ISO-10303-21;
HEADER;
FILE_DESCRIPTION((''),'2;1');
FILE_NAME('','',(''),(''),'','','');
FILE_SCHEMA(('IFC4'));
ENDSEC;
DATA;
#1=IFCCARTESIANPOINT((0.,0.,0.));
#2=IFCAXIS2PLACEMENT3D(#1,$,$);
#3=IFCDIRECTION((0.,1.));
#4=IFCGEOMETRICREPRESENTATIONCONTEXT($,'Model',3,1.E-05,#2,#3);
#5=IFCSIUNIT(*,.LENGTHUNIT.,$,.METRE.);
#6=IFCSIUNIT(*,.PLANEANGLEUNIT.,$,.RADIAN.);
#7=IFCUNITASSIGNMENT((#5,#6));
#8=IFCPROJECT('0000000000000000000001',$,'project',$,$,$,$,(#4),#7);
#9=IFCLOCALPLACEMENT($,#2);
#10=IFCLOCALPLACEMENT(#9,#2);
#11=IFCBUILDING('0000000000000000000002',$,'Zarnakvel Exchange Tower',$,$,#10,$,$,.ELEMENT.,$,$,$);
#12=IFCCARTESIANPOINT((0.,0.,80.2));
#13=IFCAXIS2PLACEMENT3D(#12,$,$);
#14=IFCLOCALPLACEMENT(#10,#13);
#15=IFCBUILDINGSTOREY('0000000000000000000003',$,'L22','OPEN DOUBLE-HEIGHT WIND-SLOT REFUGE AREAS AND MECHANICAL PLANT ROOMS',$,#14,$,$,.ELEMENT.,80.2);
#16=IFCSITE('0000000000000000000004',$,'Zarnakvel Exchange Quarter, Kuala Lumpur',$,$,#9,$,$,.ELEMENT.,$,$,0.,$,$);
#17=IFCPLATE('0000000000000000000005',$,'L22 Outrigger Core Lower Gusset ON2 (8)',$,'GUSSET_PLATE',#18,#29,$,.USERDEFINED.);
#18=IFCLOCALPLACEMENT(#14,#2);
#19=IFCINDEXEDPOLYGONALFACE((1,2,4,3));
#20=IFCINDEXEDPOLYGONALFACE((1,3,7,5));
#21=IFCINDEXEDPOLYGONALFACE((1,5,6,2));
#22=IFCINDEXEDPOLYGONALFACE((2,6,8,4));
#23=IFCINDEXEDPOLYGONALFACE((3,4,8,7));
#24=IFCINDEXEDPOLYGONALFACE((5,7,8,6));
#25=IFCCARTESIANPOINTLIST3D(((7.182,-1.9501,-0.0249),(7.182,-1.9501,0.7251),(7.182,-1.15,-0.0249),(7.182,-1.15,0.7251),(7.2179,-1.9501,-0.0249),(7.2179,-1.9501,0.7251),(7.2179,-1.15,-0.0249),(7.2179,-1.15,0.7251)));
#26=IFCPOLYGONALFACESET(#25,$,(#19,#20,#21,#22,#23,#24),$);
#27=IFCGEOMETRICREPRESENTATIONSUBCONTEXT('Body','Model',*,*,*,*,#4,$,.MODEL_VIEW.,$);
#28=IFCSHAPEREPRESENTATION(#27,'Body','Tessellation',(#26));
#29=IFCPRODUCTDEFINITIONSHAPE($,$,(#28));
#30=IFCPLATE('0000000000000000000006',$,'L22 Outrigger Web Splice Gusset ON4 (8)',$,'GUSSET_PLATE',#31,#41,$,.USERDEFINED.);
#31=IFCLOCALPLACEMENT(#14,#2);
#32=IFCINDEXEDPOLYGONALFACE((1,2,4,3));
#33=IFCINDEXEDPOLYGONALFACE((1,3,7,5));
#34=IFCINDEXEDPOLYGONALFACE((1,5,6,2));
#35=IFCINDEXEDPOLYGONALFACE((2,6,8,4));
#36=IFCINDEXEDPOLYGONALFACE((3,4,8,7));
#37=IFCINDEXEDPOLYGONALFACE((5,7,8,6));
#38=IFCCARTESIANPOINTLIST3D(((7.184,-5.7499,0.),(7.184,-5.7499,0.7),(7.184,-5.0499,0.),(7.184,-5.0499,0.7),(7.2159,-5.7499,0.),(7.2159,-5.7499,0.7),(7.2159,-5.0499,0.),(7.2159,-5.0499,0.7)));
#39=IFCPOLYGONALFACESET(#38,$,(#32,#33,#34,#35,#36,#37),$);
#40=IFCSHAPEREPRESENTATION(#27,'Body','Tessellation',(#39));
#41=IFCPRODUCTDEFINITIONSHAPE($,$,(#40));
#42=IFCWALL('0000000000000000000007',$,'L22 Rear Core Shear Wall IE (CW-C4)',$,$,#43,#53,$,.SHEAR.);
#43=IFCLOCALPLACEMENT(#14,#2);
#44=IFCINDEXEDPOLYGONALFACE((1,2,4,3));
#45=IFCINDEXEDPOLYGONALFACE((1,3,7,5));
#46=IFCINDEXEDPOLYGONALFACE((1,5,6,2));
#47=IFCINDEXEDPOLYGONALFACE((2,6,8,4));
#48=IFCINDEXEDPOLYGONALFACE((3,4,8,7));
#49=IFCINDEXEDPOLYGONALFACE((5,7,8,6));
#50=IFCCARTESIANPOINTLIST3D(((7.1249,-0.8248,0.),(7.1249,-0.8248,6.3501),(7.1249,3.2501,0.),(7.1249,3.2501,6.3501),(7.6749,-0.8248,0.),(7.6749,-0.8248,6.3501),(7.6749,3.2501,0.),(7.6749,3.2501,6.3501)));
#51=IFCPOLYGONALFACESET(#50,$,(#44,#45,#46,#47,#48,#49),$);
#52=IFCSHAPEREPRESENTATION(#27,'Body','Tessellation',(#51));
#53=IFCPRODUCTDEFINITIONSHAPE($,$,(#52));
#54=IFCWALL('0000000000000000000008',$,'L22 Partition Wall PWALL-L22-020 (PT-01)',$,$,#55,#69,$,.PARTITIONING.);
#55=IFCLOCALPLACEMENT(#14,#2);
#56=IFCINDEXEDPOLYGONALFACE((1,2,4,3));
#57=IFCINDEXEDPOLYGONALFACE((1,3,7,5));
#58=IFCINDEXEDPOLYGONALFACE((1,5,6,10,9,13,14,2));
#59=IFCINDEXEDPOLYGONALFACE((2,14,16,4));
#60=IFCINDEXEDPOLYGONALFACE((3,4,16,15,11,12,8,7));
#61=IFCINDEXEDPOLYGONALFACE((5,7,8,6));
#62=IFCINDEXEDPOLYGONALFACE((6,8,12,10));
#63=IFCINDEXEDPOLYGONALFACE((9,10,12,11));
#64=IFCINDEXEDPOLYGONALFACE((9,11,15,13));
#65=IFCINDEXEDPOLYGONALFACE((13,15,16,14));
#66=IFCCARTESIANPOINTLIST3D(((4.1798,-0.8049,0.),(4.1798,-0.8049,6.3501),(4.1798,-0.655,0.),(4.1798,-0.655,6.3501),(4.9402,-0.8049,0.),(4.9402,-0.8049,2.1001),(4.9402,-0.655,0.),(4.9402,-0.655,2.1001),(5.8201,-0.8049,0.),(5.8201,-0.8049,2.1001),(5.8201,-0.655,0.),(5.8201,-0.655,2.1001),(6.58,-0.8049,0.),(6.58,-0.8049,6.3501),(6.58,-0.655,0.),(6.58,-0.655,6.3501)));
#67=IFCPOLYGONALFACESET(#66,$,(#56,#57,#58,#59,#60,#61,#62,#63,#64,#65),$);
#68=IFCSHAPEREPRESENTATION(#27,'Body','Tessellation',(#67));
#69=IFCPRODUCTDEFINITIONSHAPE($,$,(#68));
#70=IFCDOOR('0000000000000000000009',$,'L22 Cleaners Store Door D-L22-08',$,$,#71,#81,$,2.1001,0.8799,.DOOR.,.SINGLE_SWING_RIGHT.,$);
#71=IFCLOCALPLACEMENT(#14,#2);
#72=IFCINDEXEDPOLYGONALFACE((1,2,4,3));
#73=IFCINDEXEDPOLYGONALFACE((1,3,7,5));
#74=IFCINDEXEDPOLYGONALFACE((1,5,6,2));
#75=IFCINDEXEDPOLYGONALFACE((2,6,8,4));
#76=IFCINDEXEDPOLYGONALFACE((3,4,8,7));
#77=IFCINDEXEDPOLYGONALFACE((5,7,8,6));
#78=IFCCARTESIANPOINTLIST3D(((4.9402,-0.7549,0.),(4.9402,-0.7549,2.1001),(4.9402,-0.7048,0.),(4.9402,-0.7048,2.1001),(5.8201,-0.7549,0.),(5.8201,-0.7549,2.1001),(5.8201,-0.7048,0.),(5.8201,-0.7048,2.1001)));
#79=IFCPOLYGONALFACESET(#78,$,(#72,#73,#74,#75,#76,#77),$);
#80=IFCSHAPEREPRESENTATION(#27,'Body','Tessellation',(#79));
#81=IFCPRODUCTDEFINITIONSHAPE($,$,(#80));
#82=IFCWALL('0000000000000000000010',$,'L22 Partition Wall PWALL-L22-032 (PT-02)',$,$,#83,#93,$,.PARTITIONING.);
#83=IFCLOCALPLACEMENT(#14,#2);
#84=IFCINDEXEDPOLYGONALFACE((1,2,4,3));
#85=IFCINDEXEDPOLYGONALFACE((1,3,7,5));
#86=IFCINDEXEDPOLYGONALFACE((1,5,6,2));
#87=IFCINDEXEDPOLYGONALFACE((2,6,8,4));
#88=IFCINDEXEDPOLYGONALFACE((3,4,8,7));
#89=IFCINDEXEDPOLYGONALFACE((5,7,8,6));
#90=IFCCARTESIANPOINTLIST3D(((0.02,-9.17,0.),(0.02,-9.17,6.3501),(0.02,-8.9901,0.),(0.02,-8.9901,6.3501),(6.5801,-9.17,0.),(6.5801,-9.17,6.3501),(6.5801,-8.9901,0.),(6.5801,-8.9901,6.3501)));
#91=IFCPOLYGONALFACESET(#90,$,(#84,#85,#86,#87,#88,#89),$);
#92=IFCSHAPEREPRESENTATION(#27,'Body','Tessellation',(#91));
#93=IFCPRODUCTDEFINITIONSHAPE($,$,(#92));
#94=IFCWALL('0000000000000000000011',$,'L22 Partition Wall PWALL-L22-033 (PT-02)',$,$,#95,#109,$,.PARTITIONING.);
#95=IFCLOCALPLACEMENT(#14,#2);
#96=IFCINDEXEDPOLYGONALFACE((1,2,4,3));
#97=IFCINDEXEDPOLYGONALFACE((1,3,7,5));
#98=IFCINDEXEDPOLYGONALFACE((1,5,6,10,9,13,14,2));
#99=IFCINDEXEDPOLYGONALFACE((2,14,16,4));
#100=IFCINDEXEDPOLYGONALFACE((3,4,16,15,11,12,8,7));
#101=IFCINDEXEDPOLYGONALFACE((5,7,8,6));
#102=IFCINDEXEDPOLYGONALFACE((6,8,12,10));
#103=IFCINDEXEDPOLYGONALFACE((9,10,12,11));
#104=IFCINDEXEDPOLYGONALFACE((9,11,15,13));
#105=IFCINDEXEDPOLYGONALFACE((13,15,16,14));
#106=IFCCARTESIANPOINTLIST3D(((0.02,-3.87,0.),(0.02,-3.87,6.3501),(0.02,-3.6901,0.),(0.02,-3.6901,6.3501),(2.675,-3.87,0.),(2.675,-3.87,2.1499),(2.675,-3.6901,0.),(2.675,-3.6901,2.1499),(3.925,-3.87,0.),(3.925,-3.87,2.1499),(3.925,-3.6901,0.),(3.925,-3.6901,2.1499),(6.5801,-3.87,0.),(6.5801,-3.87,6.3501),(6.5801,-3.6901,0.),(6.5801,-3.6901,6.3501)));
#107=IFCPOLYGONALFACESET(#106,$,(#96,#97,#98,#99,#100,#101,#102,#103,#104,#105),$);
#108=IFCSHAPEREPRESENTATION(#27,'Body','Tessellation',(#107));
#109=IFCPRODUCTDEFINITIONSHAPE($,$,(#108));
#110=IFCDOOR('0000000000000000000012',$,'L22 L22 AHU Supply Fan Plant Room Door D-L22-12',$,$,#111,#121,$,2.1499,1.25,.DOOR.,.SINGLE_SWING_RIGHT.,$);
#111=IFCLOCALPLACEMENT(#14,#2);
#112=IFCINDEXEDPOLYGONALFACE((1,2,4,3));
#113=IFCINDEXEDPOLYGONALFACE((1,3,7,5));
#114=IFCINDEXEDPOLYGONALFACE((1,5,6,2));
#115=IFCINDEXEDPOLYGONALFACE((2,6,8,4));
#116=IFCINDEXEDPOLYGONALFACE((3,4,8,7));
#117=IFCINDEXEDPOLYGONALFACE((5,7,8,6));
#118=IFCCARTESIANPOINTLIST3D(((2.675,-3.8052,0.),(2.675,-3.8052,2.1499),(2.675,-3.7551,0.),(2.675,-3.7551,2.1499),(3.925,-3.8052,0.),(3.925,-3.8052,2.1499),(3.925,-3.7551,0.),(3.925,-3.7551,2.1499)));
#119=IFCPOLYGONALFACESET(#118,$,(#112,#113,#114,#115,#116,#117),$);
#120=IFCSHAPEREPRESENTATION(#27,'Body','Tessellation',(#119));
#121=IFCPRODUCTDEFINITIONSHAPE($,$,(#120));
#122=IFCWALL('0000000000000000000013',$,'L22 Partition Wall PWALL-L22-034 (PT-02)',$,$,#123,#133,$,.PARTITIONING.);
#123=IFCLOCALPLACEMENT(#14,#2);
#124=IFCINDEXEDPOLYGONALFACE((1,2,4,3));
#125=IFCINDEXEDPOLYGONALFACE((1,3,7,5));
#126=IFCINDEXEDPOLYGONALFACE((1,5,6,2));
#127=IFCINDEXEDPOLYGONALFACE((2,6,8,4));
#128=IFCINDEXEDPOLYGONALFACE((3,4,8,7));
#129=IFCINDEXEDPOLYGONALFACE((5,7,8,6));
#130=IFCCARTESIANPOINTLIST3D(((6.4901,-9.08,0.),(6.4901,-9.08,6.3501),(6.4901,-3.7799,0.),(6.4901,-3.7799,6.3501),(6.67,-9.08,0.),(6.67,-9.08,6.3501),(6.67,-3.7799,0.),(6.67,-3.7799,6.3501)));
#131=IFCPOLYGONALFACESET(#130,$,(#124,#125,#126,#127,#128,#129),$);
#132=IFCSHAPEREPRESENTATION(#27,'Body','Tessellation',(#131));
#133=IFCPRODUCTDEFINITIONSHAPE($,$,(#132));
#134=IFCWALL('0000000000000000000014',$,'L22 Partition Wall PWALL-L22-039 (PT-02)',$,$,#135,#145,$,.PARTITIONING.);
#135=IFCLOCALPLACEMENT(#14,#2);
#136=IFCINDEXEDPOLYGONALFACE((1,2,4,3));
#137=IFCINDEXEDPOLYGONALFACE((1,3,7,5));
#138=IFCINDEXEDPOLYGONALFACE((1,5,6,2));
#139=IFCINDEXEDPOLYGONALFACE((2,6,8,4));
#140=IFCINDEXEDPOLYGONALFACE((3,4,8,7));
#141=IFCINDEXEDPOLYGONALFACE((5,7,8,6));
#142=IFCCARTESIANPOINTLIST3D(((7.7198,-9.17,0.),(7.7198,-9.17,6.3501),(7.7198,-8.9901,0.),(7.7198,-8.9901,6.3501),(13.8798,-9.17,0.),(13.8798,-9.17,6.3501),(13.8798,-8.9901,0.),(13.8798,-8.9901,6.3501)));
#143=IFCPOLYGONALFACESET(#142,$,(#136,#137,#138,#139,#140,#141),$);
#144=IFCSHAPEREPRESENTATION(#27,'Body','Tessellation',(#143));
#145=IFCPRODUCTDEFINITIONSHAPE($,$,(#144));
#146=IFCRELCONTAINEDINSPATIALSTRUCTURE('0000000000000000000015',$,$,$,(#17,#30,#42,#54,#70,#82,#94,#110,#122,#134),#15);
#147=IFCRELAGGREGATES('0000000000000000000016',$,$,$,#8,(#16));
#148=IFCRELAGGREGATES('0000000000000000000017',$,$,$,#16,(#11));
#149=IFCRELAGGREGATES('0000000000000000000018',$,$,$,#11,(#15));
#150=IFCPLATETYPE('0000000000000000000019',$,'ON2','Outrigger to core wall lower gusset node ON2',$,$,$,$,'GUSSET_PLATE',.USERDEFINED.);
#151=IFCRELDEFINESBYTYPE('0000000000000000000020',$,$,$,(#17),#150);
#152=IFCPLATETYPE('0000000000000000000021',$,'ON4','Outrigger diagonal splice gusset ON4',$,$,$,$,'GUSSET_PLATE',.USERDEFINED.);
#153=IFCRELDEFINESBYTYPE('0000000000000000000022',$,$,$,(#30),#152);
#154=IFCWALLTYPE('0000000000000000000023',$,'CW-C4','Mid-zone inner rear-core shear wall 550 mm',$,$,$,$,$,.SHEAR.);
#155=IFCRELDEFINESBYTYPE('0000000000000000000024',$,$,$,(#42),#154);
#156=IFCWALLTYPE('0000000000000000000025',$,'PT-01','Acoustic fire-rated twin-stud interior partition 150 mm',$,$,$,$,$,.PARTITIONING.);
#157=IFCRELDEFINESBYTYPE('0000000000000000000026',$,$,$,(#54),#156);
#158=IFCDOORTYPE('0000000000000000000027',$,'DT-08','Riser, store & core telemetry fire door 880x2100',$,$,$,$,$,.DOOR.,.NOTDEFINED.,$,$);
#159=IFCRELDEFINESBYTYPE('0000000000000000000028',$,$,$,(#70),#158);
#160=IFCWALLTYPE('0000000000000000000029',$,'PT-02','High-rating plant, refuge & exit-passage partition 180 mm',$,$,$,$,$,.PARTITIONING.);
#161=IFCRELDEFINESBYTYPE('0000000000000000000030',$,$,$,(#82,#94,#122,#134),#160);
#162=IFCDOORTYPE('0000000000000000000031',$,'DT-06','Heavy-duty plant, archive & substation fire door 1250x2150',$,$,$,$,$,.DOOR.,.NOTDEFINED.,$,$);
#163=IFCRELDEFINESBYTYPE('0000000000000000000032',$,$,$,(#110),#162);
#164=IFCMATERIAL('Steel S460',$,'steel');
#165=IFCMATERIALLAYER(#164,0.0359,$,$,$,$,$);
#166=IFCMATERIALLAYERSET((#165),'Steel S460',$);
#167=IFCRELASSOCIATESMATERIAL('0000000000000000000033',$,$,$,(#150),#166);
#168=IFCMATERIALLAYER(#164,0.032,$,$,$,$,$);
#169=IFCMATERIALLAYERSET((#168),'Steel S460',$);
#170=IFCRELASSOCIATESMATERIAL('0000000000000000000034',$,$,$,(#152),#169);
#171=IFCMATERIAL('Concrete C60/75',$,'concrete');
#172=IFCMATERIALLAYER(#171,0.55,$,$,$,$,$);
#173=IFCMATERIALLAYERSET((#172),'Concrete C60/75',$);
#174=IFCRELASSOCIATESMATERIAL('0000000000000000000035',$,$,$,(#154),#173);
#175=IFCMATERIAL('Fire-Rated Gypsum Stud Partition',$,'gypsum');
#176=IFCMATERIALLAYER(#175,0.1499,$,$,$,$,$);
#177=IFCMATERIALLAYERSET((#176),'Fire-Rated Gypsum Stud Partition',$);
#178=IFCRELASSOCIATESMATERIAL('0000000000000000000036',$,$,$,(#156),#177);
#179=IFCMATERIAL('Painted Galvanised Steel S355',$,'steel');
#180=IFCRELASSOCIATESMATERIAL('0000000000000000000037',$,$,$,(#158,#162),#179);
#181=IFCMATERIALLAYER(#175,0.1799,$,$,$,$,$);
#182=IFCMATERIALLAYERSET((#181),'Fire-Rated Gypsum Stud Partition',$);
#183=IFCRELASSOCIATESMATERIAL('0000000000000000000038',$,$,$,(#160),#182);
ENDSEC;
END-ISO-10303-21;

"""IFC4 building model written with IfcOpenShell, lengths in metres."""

from ifc_helpers import new_model, si_unit, direction, frame, frame_2d, origin, origin_2d, place, context, subcontext, project, spatial, rectangle, extrude, source, transform, mapped, material, layer, layer_set, type_object, element, fill, save


model = new_model("IFC4")

# Units and contexts
model_context = context("Model", 3, precision=1e-05, world=origin(), true_north=direction((0.0, 1.0)))
body_context = subcontext(model_context, "Body", "Model", "MODEL_VIEW")
ifc_project = project(units=[si_unit("LENGTHUNIT", "METRE"), si_unit("PLANEANGLEUNIT", "RADIAN")], contexts=[model_context])

# Site, building, storey
site_placement = place(None, origin())
site = spatial("IfcSite", under=ifc_project, at=site_placement, Name="Zarnakvel Exchange Quarter, Kuala Lumpur", CompositionType="ELEMENT", RefElevation=0.0)
building_placement = place(site_placement, origin())
building = spatial("IfcBuilding", under=site, at=building_placement, Name="Zarnakvel Exchange Tower", CompositionType="ELEMENT")
storey_placement = place(building_placement, frame((0.0, 0.0, 80.2)))
storey = spatial("IfcBuildingStorey", under=building, at=storey_placement, Name="L22", Description="OPEN DOUBLE-HEIGHT WIND-SLOT REFUGE AREAS AND MECHANICAL PLANT ROOMS", CompositionType="ELEMENT", Elevation=80.2)

# Shared definitions
ifc_material_1 = material(Name="Concrete C60/75", Category="concrete")

# Shared definitions
ifc_material_2 = material(Name="Steel S460", Category="steel")

# Plates
ifc_layer_1 = layer(ifc_material_2, 0.0359)
ifc_layer_set_1 = layer_set([ifc_layer_1], Name="Steel S460")
plate_type_1 = type_object("IfcPlateType", Name="ON2", Description="Outrigger to core wall lower gusset node ON2", ElementType="GUSSET_PLATE", PredefinedType="USERDEFINED", material=ifc_layer_set_1)
shared_shape_1 = source(origin(), body_context, "Body", "SweptSolid", [
    extrude(rectangle(XDim=0.0359, YDim=0.8, at=origin_2d()), origin(), (0.0, 0.0, 1.0), 0.75),
])
plate_1_placement = place(storey_placement, frame((7.2, -1.55, -0.0249), z_axis=(0.0, 0.0, 1.0), x_axis=(1.0, 0.0, 0.0)))
element("IfcPlate", 1, at=plate_1_placement, inside=storey, type_object=plate_type_1, Name="L22 Outrigger Core Lower Gusset ON2 (8)", ObjectType="GUSSET_PLATE", PredefinedType="USERDEFINED", context=body_context, shape_type="MappedRepresentation", body=[
    mapped(shared_shape_1, transform((0.0, 0.0, 0.0), x_axis=(1.0, 0.0, 0.0), y_axis=(0.0, 1.0, 0.0), z_axis=(0.0, 0.0, 1.0), scale=1.0)),
])
ifc_layer_2 = layer(ifc_material_2, 0.032)
ifc_layer_set_2 = layer_set([ifc_layer_2], Name="Steel S460")
plate_type_2 = type_object("IfcPlateType", Name="ON4", Description="Outrigger diagonal splice gusset ON4", ElementType="GUSSET_PLATE", PredefinedType="USERDEFINED", material=ifc_layer_set_2)
shared_shape_2 = source(origin(), body_context, "Body", "SweptSolid", [
    extrude(rectangle(XDim=0.032, YDim=0.7, at=origin_2d()), origin(), (0.0, 0.0, 1.0), 0.7),
])
plate_2_placement = place(storey_placement, frame((7.2, -5.3999, 0.0), z_axis=(0.0, 0.0, 1.0), x_axis=(1.0, 0.0, 0.0)))
element("IfcPlate", 2, at=plate_2_placement, inside=storey, type_object=plate_type_2, Name="L22 Outrigger Web Splice Gusset ON4 (8)", ObjectType="GUSSET_PLATE", PredefinedType="USERDEFINED", context=body_context, shape_type="MappedRepresentation", body=[
    mapped(shared_shape_2, transform((0.0, 0.0, 0.0), x_axis=(1.0, 0.0, 0.0), y_axis=(0.0, 1.0, 0.0), z_axis=(0.0, 0.0, 1.0), scale=1.0)),
])

# Shared definitions
ifc_material_3 = material(Name="Painted Galvanised Steel S355", Category="steel")

# Wall
ifc_layer_3 = layer(ifc_material_1, 0.55)
ifc_layer_set_3 = layer_set([ifc_layer_3], Name="Concrete C60/75")
wall_type_1 = type_object("IfcWallType", Name="CW-C4", Description="Mid-zone inner rear-core shear wall 550 mm", PredefinedType="SHEAR", material=ifc_layer_set_3)
wall_1_placement = place(storey_placement, frame((7.3999, -0.825, 0.0), z_axis=(0.0, 0.0, 1.0), x_axis=(0.0, 1.0, 0.0)))
element("IfcWall", 3, at=wall_1_placement, inside=storey, type_object=wall_type_1, Name="L22 Rear Core Shear Wall IE (CW-C4)", PredefinedType="SHEAR", context=body_context, shape_type="SweptSolid", body=[
    extrude(rectangle(XDim=4.075, YDim=0.55, at=frame_2d((2.0376, 0.0))), origin(), (0.0, 0.0, 1.0), 6.3501),
])

# Wall, opening, door
ifc_material_4 = material(Name="Fire-Rated Gypsum Stud Partition", Category="gypsum")
ifc_layer_4 = layer(ifc_material_4, 0.1499)
ifc_layer_set_4 = layer_set([ifc_layer_4], Name="Fire-Rated Gypsum Stud Partition")
wall_type_2 = type_object("IfcWallType", Name="PT-01", Description="Acoustic fire-rated twin-stud interior partition 150 mm", PredefinedType="PARTITIONING", material=ifc_layer_set_4)
wall_2_placement = place(storey_placement, frame((6.5801, -0.73, 0.0), z_axis=(0.0, 0.0, 1.0), x_axis=(-1.0, 0.0, 0.0)))
wall_2 = element("IfcWall", 4, at=wall_2_placement, inside=storey, type_object=wall_type_2, Name="L22 Partition Wall PWALL-L22-020 (PT-01)", PredefinedType="PARTITIONING", context=body_context, shape_type="SweptSolid", body=[
    extrude(rectangle(XDim=2.4001, YDim=0.1499, at=frame_2d((1.2002, 0.0))), origin(), (0.0, 0.0, 1.0), 6.3501),
])
opening_1_placement = place(wall_2_placement, frame((0.76, 0.0, 0.0)))
opening_1 = element("IfcOpeningElement", 5, at=opening_1_placement, cuts=wall_2, PredefinedType="OPENING", context=body_context, shape_type="SweptSolid", body=[
    extrude(rectangle(XDim=0.8799, YDim=2.1001, at=frame_2d((0.4399, 1.05))), frame((0.0, 0.085, 0.0), z_axis=(0.0, -1.0, 0.0), x_axis=(1.0, 0.0, 0.0)), (0.0, 0.0, 1.0), 0.1699),
])
door_type_1 = type_object("IfcDoorType", Name="DT-08", Description="Riser, store & core telemetry fire door 880x2100", OperationType="NOTDEFINED", PredefinedType="DOOR", material=ifc_material_3)
shared_shape_3 = source(origin(), body_context, "Body", "SweptSolid", [
    extrude(rectangle(XDim=0.8799, YDim=2.1001, at=frame_2d((0.4399, 1.05))), frame((0.0, 0.0249, 0.0), z_axis=(0.0, -1.0, 0.0), x_axis=(1.0, 0.0, 0.0)), (0.0, 0.0, 1.0), 0.05),
])
door_1_placement = place(opening_1_placement, origin())
door_1 = element("IfcDoor", 6, at=door_1_placement, inside=storey, type_object=door_type_1, Name="L22 Cleaners Store Door D-L22-08", OperationType="SINGLE_SWING_RIGHT", OverallHeight=2.1001, OverallWidth=0.8799, PredefinedType="DOOR", context=body_context, shape_type="MappedRepresentation", body=[
    mapped(shared_shape_3, transform((0.0, 0.0, 0.0), x_axis=(1.0, 0.0, 0.0), y_axis=(0.0, 1.0, 0.0), z_axis=(0.0, 0.0, 1.0), scale=1.0)),
])
fill(opening_1, door_1)

# Wall
ifc_layer_5 = layer(ifc_material_4, 0.1799)
ifc_layer_set_5 = layer_set([ifc_layer_5], Name="Fire-Rated Gypsum Stud Partition")
wall_type_3 = type_object("IfcWallType", Name="PT-02", Description="High-rating plant, refuge & exit-passage partition 180 mm", PredefinedType="PARTITIONING", material=ifc_layer_set_5)
wall_3_placement = place(storey_placement, frame((6.5801, -9.0801, 0.0), z_axis=(0.0, 0.0, 1.0), x_axis=(-1.0, 0.0, 0.0)))
element("IfcWall", 7, at=wall_3_placement, inside=storey, type_object=wall_type_3, Name="L22 Partition Wall PWALL-L22-032 (PT-02)", PredefinedType="PARTITIONING", context=body_context, shape_type="SweptSolid", body=[
    extrude(rectangle(XDim=6.5601, YDim=0.1799, at=frame_2d((3.28, 0.0))), origin(), (0.0, 0.0, 1.0), 6.3501),
])

# Wall, opening, door
wall_4_placement = place(storey_placement, frame((0.02, -3.78, 0.0), z_axis=(0.0, 0.0, 1.0), x_axis=(1.0, 0.0, 0.0)))
wall_4 = element("IfcWall", 8, at=wall_4_placement, inside=storey, type_object=wall_type_3, Name="L22 Partition Wall PWALL-L22-033 (PT-02)", PredefinedType="PARTITIONING", context=body_context, shape_type="SweptSolid", body=[
    extrude(rectangle(XDim=6.5601, YDim=0.1799, at=frame_2d((3.28, 0.0))), origin(), (0.0, 0.0, 1.0), 6.3501),
])
opening_2_placement = place(wall_4_placement, frame((2.655, 0.0, 0.0)))
opening_2 = element("IfcOpeningElement", 9, at=opening_2_placement, cuts=wall_4, PredefinedType="OPENING", context=body_context, shape_type="SweptSolid", body=[
    extrude(rectangle(XDim=1.25, YDim=2.1499, at=frame_2d((0.625, 1.075))), frame((0.0, 0.0999, 0.0), z_axis=(0.0, -1.0, 0.0), x_axis=(1.0, 0.0, 0.0)), (0.0, 0.0, 1.0), 0.2),
])
door_type_2 = type_object("IfcDoorType", Name="DT-06", Description="Heavy-duty plant, archive & substation fire door 1250x2150", OperationType="NOTDEFINED", PredefinedType="DOOR", material=ifc_material_3)
shared_shape_4 = source(origin(), body_context, "Body", "SweptSolid", [
    extrude(rectangle(XDim=1.25, YDim=2.1499, at=frame_2d((0.625, 1.075))), frame((0.0, 0.0249, 0.0), z_axis=(0.0, -1.0, 0.0), x_axis=(1.0, 0.0, 0.0)), (0.0, 0.0, 1.0), 0.05),
])
door_2_placement = place(opening_2_placement, origin())
door_2 = element("IfcDoor", 10, at=door_2_placement, inside=storey, type_object=door_type_2, Name="L22 L22 AHU Supply Fan Plant Room Door D-L22-12", OperationType="SINGLE_SWING_RIGHT", OverallHeight=2.1499, OverallWidth=1.25, PredefinedType="DOOR", context=body_context, shape_type="MappedRepresentation", body=[
    mapped(shared_shape_4, transform((0.0, 0.0, 0.0), x_axis=(1.0, 0.0, 0.0), y_axis=(0.0, 1.0, 0.0), z_axis=(0.0, 0.0, 1.0), scale=1.0)),
])
fill(opening_2, door_2)

# Walls
wall_5_placement = place(storey_placement, frame((6.5801, -3.78, 0.0), z_axis=(0.0, 0.0, 1.0), x_axis=(0.0, -1.0, 0.0)))
element("IfcWall", 11, at=wall_5_placement, inside=storey, type_object=wall_type_3, Name="L22 Partition Wall PWALL-L22-034 (PT-02)", PredefinedType="PARTITIONING", context=body_context, shape_type="SweptSolid", body=[
    extrude(rectangle(XDim=5.3, YDim=0.1799, at=frame_2d((2.6499, 0.0))), origin(), (0.0, 0.0, 1.0), 6.3501),
])
wall_6_placement = place(storey_placement, frame((13.8799, -9.0801, 0.0), z_axis=(0.0, 0.0, 1.0), x_axis=(-1.0, 0.0, 0.0)))
element("IfcWall", 12, at=wall_6_placement, inside=storey, type_object=wall_type_3, Name="L22 Partition Wall PWALL-L22-039 (PT-02)", PredefinedType="PARTITIONING", context=body_context, shape_type="SweptSolid", body=[
    extrude(rectangle(XDim=6.1599, YDim=0.1799, at=frame_2d((3.0801, 0.0))), origin(), (0.0, 0.0, 1.0), 6.3501),
])

save(model, "model.ifc")
